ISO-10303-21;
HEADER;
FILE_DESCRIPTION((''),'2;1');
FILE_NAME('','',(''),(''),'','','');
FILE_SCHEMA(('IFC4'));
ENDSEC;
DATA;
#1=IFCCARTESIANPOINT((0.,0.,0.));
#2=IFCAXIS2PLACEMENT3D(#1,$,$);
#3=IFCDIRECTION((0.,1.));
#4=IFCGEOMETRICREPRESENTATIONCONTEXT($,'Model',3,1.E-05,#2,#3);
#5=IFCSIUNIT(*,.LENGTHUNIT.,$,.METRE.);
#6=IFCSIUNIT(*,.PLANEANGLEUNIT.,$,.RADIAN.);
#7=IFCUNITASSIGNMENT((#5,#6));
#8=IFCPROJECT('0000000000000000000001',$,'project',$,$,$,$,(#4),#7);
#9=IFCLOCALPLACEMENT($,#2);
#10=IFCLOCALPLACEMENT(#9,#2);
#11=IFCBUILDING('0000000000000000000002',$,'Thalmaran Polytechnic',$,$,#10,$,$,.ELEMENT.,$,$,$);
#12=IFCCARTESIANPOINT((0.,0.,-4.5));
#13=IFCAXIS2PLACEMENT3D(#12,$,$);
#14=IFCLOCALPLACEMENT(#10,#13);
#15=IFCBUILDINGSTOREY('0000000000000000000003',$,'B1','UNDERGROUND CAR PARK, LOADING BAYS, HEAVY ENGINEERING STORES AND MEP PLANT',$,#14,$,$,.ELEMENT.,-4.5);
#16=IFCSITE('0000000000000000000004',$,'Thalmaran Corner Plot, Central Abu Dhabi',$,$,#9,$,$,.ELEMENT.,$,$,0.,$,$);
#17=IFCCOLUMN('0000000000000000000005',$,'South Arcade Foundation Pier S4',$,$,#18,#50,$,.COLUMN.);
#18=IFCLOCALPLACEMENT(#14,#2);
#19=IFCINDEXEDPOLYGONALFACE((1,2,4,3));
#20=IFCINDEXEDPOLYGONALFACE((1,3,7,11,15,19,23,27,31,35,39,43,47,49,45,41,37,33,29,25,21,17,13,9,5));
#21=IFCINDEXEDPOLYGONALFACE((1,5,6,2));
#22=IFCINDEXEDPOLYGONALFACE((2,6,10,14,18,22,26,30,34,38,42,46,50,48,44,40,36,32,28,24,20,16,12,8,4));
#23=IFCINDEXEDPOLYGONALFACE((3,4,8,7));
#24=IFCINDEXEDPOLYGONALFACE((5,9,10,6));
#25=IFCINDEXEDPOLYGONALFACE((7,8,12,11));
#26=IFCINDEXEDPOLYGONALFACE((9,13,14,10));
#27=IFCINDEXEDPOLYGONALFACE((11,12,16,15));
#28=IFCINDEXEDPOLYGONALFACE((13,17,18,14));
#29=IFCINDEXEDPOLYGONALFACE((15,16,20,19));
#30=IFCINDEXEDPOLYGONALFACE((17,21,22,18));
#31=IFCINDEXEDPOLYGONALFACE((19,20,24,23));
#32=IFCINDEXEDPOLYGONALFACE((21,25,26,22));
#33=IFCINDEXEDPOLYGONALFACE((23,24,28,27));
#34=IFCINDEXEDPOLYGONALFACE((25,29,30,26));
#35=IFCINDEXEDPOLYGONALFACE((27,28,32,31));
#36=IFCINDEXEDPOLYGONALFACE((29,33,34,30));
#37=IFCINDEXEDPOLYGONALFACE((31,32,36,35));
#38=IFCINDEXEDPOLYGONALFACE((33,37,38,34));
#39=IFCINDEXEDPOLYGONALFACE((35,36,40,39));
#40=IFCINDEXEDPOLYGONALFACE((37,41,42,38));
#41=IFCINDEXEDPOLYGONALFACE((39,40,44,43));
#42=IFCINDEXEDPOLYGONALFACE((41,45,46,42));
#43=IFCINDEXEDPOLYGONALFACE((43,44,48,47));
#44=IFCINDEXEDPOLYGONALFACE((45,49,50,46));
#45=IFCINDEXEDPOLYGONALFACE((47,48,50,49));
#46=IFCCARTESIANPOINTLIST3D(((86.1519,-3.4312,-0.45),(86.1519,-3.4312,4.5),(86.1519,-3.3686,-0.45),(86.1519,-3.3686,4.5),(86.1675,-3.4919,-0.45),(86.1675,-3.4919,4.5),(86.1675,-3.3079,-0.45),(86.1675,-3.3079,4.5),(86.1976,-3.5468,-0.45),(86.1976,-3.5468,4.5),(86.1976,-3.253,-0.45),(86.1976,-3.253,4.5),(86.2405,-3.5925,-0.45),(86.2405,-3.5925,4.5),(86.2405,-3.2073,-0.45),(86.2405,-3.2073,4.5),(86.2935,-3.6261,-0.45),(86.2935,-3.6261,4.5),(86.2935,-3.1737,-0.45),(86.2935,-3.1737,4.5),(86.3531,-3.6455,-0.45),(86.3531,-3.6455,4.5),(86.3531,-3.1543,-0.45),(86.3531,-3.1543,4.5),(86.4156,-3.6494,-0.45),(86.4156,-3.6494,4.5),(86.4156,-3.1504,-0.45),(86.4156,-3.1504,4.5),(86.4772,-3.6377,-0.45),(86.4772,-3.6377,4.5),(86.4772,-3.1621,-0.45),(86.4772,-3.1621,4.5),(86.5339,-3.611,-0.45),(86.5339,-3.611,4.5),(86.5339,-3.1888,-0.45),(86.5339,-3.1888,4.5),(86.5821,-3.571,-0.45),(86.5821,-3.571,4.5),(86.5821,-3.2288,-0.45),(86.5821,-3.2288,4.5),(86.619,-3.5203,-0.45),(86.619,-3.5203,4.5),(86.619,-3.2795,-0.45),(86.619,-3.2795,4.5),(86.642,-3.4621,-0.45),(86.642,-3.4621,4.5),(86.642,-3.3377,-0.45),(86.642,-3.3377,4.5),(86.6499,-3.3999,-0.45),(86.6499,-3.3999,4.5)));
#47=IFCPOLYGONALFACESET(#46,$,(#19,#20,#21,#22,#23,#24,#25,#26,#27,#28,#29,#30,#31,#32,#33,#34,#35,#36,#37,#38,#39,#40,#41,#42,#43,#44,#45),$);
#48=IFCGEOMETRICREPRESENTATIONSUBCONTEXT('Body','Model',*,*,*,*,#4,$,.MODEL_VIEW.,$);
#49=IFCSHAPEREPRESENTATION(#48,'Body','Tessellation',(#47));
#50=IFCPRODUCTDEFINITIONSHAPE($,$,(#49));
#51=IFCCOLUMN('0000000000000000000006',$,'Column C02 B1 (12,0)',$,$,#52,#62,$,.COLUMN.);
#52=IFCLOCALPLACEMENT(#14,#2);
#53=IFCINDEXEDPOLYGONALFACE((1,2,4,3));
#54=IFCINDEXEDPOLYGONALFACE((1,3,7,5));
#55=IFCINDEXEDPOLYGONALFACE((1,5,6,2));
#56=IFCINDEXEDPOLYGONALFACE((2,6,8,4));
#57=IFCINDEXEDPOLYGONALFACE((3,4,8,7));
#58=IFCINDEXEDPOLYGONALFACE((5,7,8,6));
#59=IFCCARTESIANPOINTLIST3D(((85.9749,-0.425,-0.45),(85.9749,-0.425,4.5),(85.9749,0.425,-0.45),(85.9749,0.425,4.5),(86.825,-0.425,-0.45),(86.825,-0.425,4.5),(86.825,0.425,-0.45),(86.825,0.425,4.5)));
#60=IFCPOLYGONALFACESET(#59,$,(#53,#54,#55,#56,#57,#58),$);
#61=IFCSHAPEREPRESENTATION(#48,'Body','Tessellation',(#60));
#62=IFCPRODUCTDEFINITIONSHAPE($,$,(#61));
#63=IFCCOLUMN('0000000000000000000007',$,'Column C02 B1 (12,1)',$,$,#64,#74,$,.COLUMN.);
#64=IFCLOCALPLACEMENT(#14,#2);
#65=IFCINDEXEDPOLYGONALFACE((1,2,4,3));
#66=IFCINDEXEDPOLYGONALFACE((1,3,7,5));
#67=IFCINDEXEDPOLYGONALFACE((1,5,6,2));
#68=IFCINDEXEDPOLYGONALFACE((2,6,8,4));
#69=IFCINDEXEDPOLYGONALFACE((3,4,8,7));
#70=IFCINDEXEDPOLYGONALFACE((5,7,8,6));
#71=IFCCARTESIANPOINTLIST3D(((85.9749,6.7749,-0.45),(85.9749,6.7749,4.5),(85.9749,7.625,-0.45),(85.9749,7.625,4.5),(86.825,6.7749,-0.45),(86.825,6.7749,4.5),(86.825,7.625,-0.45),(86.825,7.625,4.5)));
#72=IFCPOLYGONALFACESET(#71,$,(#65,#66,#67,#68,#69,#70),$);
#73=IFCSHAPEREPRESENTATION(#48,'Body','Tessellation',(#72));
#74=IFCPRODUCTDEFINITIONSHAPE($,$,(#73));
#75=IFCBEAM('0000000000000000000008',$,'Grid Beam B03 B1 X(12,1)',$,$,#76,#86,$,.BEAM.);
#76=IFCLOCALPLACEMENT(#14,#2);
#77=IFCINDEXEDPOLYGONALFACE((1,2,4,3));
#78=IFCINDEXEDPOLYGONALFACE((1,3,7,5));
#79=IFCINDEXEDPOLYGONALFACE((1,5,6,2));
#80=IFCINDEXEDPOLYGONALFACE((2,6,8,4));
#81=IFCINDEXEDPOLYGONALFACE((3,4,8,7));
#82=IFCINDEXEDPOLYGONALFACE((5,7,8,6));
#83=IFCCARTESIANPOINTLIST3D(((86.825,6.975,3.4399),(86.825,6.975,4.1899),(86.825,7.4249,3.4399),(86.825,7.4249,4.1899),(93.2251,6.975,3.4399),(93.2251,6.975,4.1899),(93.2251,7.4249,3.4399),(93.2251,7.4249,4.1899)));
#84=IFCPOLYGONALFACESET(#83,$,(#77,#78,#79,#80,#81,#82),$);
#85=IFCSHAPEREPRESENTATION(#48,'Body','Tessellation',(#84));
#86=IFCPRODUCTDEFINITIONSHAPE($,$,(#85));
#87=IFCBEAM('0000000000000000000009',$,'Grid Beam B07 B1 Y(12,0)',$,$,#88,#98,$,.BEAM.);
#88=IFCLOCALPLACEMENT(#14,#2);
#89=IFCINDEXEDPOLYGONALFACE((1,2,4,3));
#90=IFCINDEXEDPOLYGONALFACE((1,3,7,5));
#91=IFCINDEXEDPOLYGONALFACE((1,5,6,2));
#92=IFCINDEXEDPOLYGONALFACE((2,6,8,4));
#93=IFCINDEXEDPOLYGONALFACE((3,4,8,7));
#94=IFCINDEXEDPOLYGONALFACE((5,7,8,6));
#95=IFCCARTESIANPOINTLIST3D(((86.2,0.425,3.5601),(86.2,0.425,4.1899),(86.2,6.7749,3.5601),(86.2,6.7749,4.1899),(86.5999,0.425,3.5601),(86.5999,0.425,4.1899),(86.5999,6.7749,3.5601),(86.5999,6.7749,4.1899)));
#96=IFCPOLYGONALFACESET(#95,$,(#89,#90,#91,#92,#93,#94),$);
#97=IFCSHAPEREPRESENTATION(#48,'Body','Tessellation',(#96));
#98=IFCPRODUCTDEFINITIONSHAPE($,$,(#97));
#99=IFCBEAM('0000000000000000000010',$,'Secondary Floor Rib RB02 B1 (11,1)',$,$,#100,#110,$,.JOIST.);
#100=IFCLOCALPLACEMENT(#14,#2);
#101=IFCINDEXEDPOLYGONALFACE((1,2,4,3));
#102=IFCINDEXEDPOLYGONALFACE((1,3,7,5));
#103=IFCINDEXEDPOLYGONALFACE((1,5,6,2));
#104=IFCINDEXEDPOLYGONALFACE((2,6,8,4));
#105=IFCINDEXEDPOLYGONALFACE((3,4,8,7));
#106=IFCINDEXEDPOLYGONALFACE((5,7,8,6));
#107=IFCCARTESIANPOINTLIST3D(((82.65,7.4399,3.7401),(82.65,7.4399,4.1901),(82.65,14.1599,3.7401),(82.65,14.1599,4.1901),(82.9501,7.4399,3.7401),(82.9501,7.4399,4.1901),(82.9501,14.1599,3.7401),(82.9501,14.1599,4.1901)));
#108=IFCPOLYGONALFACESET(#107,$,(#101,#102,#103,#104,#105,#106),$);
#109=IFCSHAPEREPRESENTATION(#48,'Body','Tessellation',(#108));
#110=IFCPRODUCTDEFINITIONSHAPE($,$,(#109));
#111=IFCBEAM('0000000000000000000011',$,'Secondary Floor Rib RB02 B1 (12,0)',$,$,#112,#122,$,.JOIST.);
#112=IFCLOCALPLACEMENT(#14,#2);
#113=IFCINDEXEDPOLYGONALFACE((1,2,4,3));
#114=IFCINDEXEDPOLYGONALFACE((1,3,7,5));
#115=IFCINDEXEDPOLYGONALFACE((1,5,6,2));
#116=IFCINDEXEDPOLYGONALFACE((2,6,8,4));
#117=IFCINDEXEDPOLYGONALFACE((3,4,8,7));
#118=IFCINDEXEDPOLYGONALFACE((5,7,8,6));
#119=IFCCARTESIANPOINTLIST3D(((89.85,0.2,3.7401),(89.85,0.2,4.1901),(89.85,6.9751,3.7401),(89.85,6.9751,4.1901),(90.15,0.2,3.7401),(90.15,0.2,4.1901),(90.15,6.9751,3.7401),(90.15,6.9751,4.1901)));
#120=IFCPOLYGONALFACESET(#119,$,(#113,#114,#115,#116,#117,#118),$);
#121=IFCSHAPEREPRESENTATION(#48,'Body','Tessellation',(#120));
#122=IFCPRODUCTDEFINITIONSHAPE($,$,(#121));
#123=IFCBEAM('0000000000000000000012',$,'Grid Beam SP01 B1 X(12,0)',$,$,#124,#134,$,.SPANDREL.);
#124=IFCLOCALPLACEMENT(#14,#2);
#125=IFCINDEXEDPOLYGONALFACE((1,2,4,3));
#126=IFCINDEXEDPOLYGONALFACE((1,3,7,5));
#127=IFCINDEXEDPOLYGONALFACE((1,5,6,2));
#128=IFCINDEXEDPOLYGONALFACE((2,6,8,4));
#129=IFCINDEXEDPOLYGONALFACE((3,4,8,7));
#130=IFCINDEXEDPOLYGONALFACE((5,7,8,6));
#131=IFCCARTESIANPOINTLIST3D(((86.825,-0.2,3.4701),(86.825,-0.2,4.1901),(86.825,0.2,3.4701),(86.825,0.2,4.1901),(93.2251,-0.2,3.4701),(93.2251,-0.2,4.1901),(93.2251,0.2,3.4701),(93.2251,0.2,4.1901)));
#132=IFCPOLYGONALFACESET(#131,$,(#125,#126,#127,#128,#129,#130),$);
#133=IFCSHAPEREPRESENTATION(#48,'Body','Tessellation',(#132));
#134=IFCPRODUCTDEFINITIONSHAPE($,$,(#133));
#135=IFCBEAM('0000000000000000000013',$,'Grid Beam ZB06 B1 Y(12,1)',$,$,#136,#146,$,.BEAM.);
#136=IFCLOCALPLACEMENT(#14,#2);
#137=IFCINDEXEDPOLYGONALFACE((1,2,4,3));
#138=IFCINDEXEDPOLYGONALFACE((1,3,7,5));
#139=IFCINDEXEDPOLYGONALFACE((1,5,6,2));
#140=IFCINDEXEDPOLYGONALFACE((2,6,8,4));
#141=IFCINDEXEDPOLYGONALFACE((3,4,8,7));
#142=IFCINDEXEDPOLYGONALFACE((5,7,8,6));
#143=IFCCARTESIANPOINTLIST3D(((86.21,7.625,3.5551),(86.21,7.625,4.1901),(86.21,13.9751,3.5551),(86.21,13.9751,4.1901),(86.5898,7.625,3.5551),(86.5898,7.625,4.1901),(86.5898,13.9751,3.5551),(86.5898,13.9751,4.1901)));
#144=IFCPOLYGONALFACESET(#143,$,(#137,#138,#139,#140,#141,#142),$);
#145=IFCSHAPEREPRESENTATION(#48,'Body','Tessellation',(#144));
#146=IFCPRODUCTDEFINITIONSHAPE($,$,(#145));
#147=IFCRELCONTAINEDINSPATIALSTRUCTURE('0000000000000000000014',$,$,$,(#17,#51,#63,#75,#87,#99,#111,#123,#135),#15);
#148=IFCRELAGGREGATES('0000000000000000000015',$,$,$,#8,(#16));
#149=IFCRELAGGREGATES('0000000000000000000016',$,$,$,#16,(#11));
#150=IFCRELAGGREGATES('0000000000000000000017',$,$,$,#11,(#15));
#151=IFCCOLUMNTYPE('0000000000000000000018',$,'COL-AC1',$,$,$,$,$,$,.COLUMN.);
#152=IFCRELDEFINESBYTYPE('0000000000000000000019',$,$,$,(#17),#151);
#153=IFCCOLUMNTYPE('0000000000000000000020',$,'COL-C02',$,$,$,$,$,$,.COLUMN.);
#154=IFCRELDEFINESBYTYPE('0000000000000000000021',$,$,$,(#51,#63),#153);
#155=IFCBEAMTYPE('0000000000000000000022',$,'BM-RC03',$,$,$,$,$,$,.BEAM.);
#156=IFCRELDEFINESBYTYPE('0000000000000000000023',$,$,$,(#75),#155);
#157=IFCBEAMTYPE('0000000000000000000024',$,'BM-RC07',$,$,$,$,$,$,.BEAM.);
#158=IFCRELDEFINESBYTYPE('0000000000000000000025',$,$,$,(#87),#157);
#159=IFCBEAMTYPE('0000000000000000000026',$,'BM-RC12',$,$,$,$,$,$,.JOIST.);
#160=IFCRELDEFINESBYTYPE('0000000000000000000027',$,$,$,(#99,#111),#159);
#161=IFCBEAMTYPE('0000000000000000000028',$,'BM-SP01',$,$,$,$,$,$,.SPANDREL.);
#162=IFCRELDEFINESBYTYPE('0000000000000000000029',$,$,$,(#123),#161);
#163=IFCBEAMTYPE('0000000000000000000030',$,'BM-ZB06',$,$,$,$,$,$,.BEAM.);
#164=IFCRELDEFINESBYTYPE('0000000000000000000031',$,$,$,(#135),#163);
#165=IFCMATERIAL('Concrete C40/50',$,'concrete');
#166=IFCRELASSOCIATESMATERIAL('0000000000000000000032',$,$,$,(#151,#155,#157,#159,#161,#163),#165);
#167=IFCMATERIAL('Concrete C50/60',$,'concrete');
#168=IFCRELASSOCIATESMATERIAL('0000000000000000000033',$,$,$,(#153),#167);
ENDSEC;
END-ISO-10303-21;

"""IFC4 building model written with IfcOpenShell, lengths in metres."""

from ifc_helpers import new_model, si_unit, direction, frame, origin, origin_2d, place, context, subcontext, project, spatial, rectangle, circle, extrude, material, material_profile, profile_set, type_object, element, save


model = new_model("IFC4")

# Units and contexts
model_context = context("Model", 3, precision=1e-05, world=origin(), true_north=direction((0.0, 1.0)))
body_context = subcontext(model_context, "Body", "Model", "MODEL_VIEW")
ifc_project = project(units=[si_unit("LENGTHUNIT", "METRE"), si_unit("PLANEANGLEUNIT", "RADIAN")], contexts=[model_context])

# Site, building, storey
site_placement = place(None, origin())
site = spatial("IfcSite", under=ifc_project, at=site_placement, Name="Thalmaran Corner Plot, Central Abu Dhabi", CompositionType="ELEMENT", RefElevation=0.0)
building_placement = place(site_placement, origin())
building = spatial("IfcBuilding", under=site, at=building_placement, Name="Thalmaran Polytechnic", CompositionType="ELEMENT")
storey_placement = place(building_placement, frame((0.0, 0.0, -4.5)))
storey = spatial("IfcBuildingStorey", under=building, at=storey_placement, Name="B1", Description="UNDERGROUND CAR PARK, LOADING BAYS, HEAVY ENGINEERING STORES AND MEP PLANT", CompositionType="ELEMENT", Elevation=-4.5)

# Shared definitions
ifc_material_1 = material(Name="Concrete C40/50", Category="concrete")

# Columns
ifc_material_profile_1 = material_profile(ifc_material_1, circle(Radius=0.25, at=origin_2d()), Name="RC 500 DIA")
ifc_profile_set_1 = profile_set([ifc_material_profile_1], Name="Concrete C40/50")
column_type_1 = type_object("IfcColumnType", Name="COL-AC1", PredefinedType="COLUMN", material=ifc_profile_set_1)
column_placement = place(storey_placement, frame((86.3999, -3.3999, -0.45), z_axis=(0.0, 0.0, 1.0), x_axis=(1.0, 0.0, 0.0)))
element("IfcColumn", 1, at=column_placement, inside=storey, type_object=column_type_1, Name="South Arcade Foundation Pier S4", PredefinedType="COLUMN", context=body_context, shape_type="SweptSolid", body=[
    extrude(circle(Radius=0.25, at=origin_2d()), origin(), (0.0, 0.0, 1.0), 4.95),
])
ifc_material_2 = material(Name="Concrete C50/60", Category="concrete")
ifc_material_profile_2 = material_profile(ifc_material_2, rectangle(XDim=0.8501, YDim=0.8501, at=origin_2d()), Name="RC 850x850")
ifc_profile_set_2 = profile_set([ifc_material_profile_2], Name="Concrete C50/60")
column_type_2 = type_object("IfcColumnType", Name="COL-C02", PredefinedType="COLUMN", material=ifc_profile_set_2)
for number, where, z_axis, x_axis, name in (
    (2, (86.3999, 0.0, -0.45), (0.0, 0.0, 1.0), (1.0, 0.0, 0.0), "Column C02 B1 (12,0)"),
    (3, (86.3999, 7.2, -0.45), (0.0, 0.0, 1.0), (1.0, 0.0, 0.0), "Column C02 B1 (12,1)"),
):
    element("IfcColumn", number, at=place(storey_placement, frame(where, z_axis=z_axis, x_axis=x_axis)), inside=storey, type_object=column_type_2, Name=name, PredefinedType="COLUMN", context=body_context, shape_type="SweptSolid", body=[
        extrude(rectangle(XDim=0.8501, YDim=0.8501, at=origin_2d()), origin(), (0.0, 0.0, 1.0), 4.95),
    ])

# Beams
ifc_material_profile_3 = material_profile(ifc_material_1, rectangle(XDim=0.45, YDim=0.75, at=origin_2d()), Name="RC 450x750")
ifc_profile_set_3 = profile_set([ifc_material_profile_3], Name="Concrete C40/50")
beam_type_1 = type_object("IfcBeamType", Name="BM-RC03", PredefinedType="BEAM", material=ifc_profile_set_3)
beam_1_placement = place(storey_placement, frame((86.825, 7.2, 3.8149), z_axis=(1.0, 0.0, 0.0), x_axis=(0.0, 1.0, 0.0)))
element("IfcBeam", 4, at=beam_1_placement, inside=storey, type_object=beam_type_1, Name="Grid Beam B03 B1 X(12,1)", PredefinedType="BEAM", context=body_context, shape_type="SweptSolid", body=[
    extrude(rectangle(XDim=0.45, YDim=0.75, at=origin_2d()), origin(), (0.0, 0.0, 1.0), 6.4001),
])
ifc_material_profile_4 = material_profile(ifc_material_1, rectangle(XDim=0.3999, YDim=0.6299, at=origin_2d()), Name="RC 400x630")
ifc_profile_set_4 = profile_set([ifc_material_profile_4], Name="Concrete C40/50")
beam_type_2 = type_object("IfcBeamType", Name="BM-RC07", PredefinedType="BEAM", material=ifc_profile_set_4)
beam_2_placement = place(storey_placement, frame((86.3999, 0.425, 3.875), z_axis=(0.0, 1.0, 0.0), x_axis=(-1.0, 0.0, 0.0)))
element("IfcBeam", 5, at=beam_2_placement, inside=storey, type_object=beam_type_2, Name="Grid Beam B07 B1 Y(12,0)", PredefinedType="BEAM", context=body_context, shape_type="SweptSolid", body=[
    extrude(rectangle(XDim=0.3999, YDim=0.6299, at=origin_2d()), origin(), (0.0, 0.0, 1.0), 6.3499),
])
ifc_material_profile_5 = material_profile(ifc_material_1, rectangle(XDim=0.3, YDim=0.45, at=origin_2d()), Name="RC 300x450")
ifc_profile_set_5 = profile_set([ifc_material_profile_5], Name="Concrete C40/50")
beam_type_3 = type_object("IfcBeamType", Name="BM-RC12", PredefinedType="JOIST", material=ifc_profile_set_5)
beam_3_placement = place(storey_placement, frame((82.8, 7.4399, 3.9651), z_axis=(0.0, 1.0, 0.0), x_axis=(-1.0, 0.0, 0.0)))
element("IfcBeam", 6, at=beam_3_placement, inside=storey, type_object=beam_type_3, Name="Secondary Floor Rib RB02 B1 (11,1)", PredefinedType="JOIST", context=body_context, shape_type="SweptSolid", body=[
    extrude(rectangle(XDim=0.3, YDim=0.45, at=origin_2d()), origin(), (0.0, 0.0, 1.0), 6.72),
])
beam_4_placement = place(storey_placement, frame((90.0, 0.2, 3.9651), z_axis=(0.0, 1.0, 0.0), x_axis=(-1.0, 0.0, 0.0)))
element("IfcBeam", 7, at=beam_4_placement, inside=storey, type_object=beam_type_3, Name="Secondary Floor Rib RB02 B1 (12,0)", PredefinedType="JOIST", context=body_context, shape_type="SweptSolid", body=[
    extrude(rectangle(XDim=0.3, YDim=0.45, at=origin_2d()), origin(), (0.0, 0.0, 1.0), 6.7751),
])
ifc_material_profile_6 = material_profile(ifc_material_1, rectangle(XDim=0.3999, YDim=0.72, at=origin_2d()), Name="RC 400x720")
ifc_profile_set_6 = profile_set([ifc_material_profile_6], Name="Concrete C40/50")
beam_type_4 = type_object("IfcBeamType", Name="BM-SP01", PredefinedType="SPANDREL", material=ifc_profile_set_6)
beam_5_placement = place(storey_placement, frame((86.825, 0.0, 3.8301), z_axis=(1.0, 0.0, 0.0), x_axis=(0.0, 1.0, 0.0)))
element("IfcBeam", 8, at=beam_5_placement, inside=storey, type_object=beam_type_4, Name="Grid Beam SP01 B1 X(12,0)", PredefinedType="SPANDREL", context=body_context, shape_type="SweptSolid", body=[
    extrude(rectangle(XDim=0.3999, YDim=0.72, at=origin_2d()), origin(), (0.0, 0.0, 1.0), 6.4001),
])
ifc_material_profile_7 = material_profile(ifc_material_1, rectangle(XDim=0.3799, YDim=0.635, at=origin_2d()), Name="RC 380x635")
ifc_profile_set_7 = profile_set([ifc_material_profile_7], Name="Concrete C40/50")
beam_type_5 = type_object("IfcBeamType", Name="BM-ZB06", PredefinedType="BEAM", material=ifc_profile_set_7)
beam_6_placement = place(storey_placement, frame((86.3999, 7.625, 3.8726), z_axis=(0.0, 1.0, 0.0), x_axis=(-1.0, 0.0, 0.0)))
element("IfcBeam", 9, at=beam_6_placement, inside=storey, type_object=beam_type_5, Name="Grid Beam ZB06 B1 Y(12,1)", PredefinedType="BEAM", context=body_context, shape_type="SweptSolid", body=[
    extrude(rectangle(XDim=0.3799, YDim=0.635, at=origin_2d()), origin(), (0.0, 0.0, 1.0), 6.3501),
])

save(model, "model.ifc")
